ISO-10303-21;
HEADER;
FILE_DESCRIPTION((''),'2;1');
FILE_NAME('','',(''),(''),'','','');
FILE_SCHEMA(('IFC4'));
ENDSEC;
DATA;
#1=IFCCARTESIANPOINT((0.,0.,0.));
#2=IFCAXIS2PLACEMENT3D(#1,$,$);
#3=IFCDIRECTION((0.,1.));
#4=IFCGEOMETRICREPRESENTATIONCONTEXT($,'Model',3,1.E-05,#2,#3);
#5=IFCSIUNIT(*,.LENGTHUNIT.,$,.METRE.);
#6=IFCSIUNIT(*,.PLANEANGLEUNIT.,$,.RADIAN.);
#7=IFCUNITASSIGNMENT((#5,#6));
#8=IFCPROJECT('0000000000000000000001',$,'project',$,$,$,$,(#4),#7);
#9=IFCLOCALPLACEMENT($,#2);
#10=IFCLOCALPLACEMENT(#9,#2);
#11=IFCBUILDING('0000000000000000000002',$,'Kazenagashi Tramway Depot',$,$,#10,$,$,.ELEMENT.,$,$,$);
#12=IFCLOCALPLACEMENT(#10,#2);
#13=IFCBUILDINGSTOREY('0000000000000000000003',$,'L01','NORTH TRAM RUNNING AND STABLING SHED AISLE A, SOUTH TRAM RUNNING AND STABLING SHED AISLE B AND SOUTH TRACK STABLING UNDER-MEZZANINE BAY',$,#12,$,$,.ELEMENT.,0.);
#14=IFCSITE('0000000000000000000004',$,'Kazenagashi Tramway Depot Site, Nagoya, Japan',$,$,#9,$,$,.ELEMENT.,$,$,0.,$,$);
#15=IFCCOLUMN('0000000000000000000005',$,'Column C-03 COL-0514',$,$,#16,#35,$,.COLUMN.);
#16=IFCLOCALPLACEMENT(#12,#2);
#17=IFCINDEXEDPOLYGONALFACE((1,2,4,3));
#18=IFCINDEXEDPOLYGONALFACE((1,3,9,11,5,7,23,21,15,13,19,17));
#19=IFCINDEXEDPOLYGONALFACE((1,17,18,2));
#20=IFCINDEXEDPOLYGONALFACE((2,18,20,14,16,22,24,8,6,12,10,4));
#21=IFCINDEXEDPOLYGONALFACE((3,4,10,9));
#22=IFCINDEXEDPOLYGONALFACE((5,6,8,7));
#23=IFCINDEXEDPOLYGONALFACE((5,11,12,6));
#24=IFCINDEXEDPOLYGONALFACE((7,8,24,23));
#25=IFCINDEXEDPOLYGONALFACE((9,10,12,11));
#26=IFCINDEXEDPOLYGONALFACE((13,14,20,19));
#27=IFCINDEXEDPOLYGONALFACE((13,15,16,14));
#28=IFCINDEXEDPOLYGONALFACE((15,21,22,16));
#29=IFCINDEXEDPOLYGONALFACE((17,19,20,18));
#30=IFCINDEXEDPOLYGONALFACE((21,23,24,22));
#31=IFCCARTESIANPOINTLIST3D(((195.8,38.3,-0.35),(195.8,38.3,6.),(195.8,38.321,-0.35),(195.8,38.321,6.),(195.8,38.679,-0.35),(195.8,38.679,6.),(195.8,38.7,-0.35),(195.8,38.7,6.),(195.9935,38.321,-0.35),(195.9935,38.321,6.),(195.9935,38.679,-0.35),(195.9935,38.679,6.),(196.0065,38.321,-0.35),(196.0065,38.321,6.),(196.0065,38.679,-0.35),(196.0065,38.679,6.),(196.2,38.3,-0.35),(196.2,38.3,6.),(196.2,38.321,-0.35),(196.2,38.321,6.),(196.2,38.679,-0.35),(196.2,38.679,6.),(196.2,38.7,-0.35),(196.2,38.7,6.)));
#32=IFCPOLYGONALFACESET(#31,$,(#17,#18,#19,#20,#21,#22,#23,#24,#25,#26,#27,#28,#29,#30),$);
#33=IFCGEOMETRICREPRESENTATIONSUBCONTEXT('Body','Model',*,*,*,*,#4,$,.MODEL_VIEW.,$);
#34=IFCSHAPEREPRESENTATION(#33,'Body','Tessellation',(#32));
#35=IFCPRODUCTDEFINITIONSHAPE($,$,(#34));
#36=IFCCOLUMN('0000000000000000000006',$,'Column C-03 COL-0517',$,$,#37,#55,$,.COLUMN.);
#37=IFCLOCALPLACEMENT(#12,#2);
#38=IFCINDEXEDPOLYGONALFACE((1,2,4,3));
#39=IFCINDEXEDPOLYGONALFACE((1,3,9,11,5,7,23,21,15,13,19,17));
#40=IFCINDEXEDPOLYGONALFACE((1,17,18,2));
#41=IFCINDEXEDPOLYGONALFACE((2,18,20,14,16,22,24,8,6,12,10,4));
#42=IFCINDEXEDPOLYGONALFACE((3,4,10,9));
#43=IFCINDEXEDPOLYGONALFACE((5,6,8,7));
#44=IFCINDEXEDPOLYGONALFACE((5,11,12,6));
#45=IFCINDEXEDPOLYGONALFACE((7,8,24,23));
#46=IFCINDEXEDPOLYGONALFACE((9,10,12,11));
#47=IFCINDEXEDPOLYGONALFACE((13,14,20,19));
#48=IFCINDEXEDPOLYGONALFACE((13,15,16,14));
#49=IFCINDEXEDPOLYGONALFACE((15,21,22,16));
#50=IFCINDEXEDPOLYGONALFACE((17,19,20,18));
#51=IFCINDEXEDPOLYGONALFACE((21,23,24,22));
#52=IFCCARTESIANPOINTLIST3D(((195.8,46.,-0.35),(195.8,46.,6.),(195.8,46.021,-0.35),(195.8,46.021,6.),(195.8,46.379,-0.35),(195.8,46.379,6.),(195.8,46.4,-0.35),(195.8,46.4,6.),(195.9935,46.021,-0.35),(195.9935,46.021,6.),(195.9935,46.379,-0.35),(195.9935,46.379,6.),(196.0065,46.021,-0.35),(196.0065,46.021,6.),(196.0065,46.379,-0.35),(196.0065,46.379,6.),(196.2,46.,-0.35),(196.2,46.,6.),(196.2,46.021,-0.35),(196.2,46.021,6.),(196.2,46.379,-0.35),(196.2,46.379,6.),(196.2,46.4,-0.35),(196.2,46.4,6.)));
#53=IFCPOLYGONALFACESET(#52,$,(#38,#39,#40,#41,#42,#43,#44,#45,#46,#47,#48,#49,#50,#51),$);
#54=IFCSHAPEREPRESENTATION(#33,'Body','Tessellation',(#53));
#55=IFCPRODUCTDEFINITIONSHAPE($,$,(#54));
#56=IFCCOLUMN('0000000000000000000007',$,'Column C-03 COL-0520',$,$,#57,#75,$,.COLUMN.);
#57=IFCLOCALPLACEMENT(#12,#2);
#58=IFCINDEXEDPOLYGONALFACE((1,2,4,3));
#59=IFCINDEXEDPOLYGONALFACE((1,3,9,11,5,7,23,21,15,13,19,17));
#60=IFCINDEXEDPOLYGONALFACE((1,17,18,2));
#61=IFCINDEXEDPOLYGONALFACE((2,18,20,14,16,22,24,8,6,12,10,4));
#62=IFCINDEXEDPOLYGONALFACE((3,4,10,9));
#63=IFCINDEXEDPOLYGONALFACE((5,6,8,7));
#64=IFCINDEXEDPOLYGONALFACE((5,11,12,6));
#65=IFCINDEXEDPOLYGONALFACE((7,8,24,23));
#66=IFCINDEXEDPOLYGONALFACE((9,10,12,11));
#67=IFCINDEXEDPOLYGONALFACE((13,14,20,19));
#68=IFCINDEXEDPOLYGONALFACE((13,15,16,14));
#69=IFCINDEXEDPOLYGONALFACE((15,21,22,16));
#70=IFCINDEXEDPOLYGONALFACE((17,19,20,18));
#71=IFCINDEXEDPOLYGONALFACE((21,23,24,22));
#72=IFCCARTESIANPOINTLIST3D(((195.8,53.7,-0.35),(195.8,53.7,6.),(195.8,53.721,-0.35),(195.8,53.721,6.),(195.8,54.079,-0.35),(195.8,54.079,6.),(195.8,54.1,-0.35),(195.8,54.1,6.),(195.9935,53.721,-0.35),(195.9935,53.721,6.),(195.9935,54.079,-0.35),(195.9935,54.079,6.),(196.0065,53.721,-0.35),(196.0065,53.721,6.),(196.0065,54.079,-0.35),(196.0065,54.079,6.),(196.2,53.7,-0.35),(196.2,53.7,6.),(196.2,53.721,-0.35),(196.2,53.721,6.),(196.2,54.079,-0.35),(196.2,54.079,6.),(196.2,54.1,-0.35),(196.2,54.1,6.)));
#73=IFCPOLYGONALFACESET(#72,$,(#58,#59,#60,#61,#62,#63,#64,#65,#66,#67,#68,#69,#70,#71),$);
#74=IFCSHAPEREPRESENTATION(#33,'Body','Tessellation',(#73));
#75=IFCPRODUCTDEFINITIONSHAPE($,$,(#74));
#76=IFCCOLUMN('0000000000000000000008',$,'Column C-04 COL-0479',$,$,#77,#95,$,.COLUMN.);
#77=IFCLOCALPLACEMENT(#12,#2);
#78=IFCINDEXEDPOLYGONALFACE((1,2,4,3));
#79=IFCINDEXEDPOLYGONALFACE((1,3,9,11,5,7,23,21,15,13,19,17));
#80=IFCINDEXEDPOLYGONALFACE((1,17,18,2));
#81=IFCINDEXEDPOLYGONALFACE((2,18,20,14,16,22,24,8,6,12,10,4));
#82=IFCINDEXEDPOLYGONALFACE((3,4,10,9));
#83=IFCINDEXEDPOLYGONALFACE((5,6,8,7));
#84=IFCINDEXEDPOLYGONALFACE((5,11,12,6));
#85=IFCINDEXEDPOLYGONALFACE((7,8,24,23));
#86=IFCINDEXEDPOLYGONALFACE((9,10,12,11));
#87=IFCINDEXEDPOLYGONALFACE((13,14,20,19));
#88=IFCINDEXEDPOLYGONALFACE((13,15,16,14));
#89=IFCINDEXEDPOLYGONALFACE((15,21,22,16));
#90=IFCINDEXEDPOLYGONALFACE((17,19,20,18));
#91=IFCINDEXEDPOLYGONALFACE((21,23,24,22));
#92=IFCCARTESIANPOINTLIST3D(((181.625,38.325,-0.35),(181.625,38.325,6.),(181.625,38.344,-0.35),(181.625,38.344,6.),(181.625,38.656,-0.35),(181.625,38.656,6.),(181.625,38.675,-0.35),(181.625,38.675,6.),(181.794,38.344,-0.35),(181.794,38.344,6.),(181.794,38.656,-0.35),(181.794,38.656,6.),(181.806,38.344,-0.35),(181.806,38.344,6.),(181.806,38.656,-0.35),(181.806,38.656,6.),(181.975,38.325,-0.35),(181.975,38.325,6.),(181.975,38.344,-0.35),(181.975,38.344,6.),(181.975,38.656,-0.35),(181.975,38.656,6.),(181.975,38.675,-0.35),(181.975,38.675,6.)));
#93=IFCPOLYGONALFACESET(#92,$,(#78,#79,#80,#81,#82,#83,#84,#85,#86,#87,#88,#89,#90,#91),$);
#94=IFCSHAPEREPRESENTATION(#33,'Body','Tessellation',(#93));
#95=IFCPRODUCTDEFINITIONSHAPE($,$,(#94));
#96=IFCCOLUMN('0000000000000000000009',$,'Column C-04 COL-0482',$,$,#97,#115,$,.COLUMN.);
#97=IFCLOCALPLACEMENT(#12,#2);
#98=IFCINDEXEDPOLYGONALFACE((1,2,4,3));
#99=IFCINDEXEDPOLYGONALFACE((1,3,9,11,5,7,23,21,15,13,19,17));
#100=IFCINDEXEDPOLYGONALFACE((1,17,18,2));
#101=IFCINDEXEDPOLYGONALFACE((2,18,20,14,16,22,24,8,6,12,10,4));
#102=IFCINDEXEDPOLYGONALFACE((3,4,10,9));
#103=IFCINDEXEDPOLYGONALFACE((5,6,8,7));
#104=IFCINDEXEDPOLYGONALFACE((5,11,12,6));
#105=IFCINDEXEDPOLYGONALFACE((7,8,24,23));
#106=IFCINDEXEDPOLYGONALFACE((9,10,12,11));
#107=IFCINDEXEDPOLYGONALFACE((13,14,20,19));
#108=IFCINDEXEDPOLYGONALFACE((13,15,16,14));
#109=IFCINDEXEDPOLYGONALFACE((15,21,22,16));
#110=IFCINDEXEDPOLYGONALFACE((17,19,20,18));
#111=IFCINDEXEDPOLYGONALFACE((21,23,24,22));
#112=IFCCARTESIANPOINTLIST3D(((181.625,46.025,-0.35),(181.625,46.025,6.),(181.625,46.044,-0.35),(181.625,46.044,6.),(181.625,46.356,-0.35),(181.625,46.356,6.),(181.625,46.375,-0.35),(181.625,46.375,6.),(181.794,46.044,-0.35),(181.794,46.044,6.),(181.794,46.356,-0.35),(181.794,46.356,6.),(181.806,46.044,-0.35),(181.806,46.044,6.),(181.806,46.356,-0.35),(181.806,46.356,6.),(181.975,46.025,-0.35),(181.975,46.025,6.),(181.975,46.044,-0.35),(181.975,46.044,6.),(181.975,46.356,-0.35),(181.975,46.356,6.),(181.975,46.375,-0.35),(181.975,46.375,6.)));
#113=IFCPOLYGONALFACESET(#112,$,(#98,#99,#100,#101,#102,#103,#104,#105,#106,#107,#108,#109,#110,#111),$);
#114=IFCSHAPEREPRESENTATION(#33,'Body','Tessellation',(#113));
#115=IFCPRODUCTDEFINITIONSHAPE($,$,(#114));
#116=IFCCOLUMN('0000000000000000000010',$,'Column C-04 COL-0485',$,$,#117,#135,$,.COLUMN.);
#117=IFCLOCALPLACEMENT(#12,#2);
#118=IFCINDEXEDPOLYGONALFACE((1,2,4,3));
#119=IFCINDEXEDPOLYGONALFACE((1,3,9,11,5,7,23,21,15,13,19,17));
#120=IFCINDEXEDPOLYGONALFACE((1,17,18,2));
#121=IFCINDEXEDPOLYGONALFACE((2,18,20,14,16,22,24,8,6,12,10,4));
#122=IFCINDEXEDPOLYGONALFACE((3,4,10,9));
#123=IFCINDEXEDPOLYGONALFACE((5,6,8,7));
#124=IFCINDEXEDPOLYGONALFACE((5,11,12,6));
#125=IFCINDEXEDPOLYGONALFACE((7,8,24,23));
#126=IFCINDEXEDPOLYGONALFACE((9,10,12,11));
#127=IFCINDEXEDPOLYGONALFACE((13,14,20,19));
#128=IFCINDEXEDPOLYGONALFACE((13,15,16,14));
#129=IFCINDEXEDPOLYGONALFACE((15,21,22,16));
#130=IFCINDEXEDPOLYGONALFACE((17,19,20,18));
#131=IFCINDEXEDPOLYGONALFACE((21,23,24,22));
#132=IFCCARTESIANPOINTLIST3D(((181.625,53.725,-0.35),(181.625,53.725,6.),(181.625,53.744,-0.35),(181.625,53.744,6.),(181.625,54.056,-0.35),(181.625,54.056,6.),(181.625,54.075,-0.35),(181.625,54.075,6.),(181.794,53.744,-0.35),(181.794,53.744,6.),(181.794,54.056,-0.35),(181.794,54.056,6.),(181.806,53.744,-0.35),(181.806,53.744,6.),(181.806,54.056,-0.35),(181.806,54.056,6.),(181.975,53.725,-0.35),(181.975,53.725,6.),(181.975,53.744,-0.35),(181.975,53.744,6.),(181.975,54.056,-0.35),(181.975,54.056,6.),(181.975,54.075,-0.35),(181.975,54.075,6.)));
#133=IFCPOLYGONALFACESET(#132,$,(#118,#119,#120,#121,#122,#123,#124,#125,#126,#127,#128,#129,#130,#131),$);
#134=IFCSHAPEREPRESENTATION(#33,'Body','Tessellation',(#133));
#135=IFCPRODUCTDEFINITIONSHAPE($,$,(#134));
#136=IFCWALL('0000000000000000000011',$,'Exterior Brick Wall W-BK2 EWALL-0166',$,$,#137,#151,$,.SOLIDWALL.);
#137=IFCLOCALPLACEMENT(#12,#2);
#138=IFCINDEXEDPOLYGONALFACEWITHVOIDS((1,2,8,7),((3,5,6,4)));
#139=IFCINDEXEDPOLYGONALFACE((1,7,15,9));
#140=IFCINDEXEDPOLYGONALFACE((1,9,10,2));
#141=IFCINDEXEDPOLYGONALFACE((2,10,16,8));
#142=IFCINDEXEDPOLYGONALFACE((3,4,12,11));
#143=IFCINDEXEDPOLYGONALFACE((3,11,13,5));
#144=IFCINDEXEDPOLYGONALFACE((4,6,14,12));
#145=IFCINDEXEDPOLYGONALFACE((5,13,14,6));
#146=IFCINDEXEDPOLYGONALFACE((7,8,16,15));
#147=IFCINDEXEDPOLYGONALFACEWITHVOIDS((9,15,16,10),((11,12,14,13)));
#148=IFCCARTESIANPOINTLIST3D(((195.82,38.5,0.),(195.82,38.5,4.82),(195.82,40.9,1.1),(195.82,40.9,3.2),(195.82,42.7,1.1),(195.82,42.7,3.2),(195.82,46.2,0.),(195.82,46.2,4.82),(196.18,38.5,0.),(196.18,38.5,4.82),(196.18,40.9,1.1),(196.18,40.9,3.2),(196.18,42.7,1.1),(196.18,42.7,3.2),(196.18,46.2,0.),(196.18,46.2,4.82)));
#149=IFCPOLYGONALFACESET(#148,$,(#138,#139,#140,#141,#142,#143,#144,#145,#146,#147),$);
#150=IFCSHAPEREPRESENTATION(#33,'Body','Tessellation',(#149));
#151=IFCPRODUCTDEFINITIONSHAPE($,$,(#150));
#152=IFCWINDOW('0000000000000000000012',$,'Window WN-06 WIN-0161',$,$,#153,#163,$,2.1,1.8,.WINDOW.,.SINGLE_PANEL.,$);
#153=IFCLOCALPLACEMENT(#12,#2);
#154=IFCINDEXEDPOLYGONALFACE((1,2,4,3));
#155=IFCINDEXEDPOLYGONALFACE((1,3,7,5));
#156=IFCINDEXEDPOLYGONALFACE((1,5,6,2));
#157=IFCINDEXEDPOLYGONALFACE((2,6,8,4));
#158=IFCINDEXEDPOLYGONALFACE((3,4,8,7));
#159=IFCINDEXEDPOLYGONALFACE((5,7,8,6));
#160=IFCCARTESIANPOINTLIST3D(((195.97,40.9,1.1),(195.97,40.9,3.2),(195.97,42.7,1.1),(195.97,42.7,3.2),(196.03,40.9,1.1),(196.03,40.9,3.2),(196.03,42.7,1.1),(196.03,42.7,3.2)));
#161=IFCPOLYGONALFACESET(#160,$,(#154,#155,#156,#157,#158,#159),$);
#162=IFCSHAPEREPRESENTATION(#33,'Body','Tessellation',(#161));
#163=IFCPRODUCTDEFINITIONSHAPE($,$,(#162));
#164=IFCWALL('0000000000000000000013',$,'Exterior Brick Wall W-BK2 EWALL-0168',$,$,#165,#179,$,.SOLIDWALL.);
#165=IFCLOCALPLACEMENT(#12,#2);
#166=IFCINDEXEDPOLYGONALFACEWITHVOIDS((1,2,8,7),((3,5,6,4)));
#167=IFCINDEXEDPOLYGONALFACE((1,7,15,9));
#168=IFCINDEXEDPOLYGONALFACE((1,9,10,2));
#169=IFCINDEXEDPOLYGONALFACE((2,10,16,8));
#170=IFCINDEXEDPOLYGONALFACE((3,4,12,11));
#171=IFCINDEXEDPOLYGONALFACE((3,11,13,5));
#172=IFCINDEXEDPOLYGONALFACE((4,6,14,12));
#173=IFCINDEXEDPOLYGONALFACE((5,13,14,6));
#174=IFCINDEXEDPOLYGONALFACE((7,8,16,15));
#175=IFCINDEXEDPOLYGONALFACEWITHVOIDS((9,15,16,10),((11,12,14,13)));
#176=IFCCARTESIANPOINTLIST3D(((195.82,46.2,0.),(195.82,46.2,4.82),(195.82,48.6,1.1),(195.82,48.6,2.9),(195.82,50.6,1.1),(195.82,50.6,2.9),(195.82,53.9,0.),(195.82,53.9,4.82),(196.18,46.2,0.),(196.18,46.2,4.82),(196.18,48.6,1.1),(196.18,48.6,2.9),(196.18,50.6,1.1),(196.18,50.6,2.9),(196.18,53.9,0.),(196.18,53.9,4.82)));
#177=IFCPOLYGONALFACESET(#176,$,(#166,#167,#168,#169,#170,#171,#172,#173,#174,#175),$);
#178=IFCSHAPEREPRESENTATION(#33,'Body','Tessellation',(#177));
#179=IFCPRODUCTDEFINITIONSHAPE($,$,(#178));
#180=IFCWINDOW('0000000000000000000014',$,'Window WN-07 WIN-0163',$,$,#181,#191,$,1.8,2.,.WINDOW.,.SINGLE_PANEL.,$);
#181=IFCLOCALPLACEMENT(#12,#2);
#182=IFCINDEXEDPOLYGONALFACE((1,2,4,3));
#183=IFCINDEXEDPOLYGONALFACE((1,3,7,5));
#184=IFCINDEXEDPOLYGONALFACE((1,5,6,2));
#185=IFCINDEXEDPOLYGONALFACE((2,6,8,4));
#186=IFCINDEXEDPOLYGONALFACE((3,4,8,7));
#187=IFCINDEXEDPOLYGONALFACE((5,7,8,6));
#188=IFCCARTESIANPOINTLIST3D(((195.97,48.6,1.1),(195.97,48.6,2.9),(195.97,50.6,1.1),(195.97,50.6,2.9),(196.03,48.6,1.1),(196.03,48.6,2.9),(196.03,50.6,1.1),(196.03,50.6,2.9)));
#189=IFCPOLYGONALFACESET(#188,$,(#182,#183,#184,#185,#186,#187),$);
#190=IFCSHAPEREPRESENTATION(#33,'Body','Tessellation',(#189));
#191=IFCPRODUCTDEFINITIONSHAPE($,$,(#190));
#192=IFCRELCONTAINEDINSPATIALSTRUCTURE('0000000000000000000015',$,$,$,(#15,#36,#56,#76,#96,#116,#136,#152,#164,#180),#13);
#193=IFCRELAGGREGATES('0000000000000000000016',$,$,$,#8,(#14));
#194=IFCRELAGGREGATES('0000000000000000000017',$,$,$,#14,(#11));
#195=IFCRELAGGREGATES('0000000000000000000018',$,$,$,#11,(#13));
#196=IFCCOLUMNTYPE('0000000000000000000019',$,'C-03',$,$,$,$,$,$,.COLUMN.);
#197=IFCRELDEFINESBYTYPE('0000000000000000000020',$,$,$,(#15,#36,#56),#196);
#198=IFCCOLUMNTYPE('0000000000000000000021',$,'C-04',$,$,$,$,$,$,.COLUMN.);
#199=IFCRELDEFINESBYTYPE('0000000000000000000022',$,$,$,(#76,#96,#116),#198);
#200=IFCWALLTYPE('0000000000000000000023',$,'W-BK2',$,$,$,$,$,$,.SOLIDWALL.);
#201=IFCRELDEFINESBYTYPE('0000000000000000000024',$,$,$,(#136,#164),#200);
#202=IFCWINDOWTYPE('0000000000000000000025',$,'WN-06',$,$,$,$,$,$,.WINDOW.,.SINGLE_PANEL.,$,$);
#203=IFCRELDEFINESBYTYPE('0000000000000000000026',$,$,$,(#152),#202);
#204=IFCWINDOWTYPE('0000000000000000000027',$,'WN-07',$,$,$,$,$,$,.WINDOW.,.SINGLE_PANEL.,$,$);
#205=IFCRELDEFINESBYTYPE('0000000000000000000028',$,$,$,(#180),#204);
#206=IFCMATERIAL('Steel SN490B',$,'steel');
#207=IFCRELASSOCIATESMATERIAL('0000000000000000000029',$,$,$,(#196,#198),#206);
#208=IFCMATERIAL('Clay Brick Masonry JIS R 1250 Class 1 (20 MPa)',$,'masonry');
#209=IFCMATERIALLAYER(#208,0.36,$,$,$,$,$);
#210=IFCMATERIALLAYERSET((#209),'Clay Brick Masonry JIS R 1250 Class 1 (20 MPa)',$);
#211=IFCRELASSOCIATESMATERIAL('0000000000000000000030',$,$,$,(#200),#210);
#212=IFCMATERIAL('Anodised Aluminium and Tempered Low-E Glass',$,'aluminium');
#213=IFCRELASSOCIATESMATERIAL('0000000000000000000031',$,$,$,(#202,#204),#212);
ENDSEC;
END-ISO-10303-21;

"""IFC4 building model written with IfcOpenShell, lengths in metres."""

from ifc_helpers import new_model, si_unit, direction, frame, frame_2d, origin, origin_2d, place, context, subcontext, project, spatial, rectangle, i_section, extrude, material, layer, layer_set, material_profile, profile_set, type_object, element, fill, save


model = new_model("IFC4")

# Units and contexts
model_context = context("Model", 3, precision=1e-05, world=origin(), true_north=direction((0.0, 1.0)))
body_context = subcontext(model_context, "Body", "Model", "MODEL_VIEW")
ifc_project = project(units=[si_unit("LENGTHUNIT", "METRE"), si_unit("PLANEANGLEUNIT", "RADIAN")], contexts=[model_context])

# Site, building, storey
site_placement = place(None, origin())
site = spatial("IfcSite", under=ifc_project, at=site_placement, Name="Kazenagashi Tramway Depot Site, Nagoya, Japan", CompositionType="ELEMENT", RefElevation=0.0)
building_placement = place(site_placement, origin())
building = spatial("IfcBuilding", under=site, at=building_placement, Name="Kazenagashi Tramway Depot", CompositionType="ELEMENT")
storey_placement = place(building_placement, origin())
storey = spatial("IfcBuildingStorey", under=building, at=storey_placement, Name="L01", Description="NORTH TRAM RUNNING AND STABLING SHED AISLE A, SOUTH TRAM RUNNING AND STABLING SHED AISLE B AND SOUTH TRACK STABLING UNDER-MEZZANINE BAY", CompositionType="ELEMENT", Elevation=0.0)

# Columns
ifc_material_1 = material(Name="Steel SN490B", Category="steel")
ifc_material_profile_1 = material_profile(ifc_material_1, i_section(OverallWidth=0.4, OverallDepth=0.4, WebThickness=0.013, FlangeThickness=0.021, at=origin_2d()), Name="H-400x400x13x21")
ifc_profile_set_1 = profile_set([ifc_material_profile_1], Name="Steel SN490B")
column_type_1 = type_object("IfcColumnType", Name="C-03", PredefinedType="COLUMN", material=ifc_profile_set_1)
for number, where, z_axis, x_axis, name in (
    (1, (196.0, 38.5, -0.35), (0.0, 0.0, 1.0), (1.0, 0.0, 0.0), "Column C-03 COL-0514"),
    (2, (196.0, 46.2, -0.35), (0.0, 0.0, 1.0), (1.0, 0.0, 0.0), "Column C-03 COL-0517"),
    (3, (196.0, 53.9, -0.35), (0.0, 0.0, 1.0), (1.0, 0.0, 0.0), "Column C-03 COL-0520"),
):
    element("IfcColumn", number, at=place(storey_placement, frame(where, z_axis=z_axis, x_axis=x_axis)), inside=storey, type_object=column_type_1, Name=name, PredefinedType="COLUMN", context=body_context, shape_type="SweptSolid", body=[
        extrude(i_section(OverallWidth=0.4, OverallDepth=0.4, WebThickness=0.013, FlangeThickness=0.021, at=origin_2d()), origin(), (0.0, 0.0, 1.0), 6.35),
    ])
ifc_material_profile_2 = material_profile(ifc_material_1, i_section(OverallWidth=0.35, OverallDepth=0.35, WebThickness=0.012, FlangeThickness=0.019, at=origin_2d()), Name="H-350x350x12x19")
ifc_profile_set_2 = profile_set([ifc_material_profile_2], Name="Steel SN490B")
column_type_2 = type_object("IfcColumnType", Name="C-04", PredefinedType="COLUMN", material=ifc_profile_set_2)
for number, where, z_axis, x_axis, name in (
    (4, (181.8, 38.5, -0.35), (0.0, 0.0, 1.0), (1.0, 0.0, 0.0), "Column C-04 COL-0479"),
    (5, (181.8, 46.2, -0.35), (0.0, 0.0, 1.0), (1.0, 0.0, 0.0), "Column C-04 COL-0482"),
    (6, (181.8, 53.9, -0.35), (0.0, 0.0, 1.0), (1.0, 0.0, 0.0), "Column C-04 COL-0485"),
):
    element("IfcColumn", number, at=place(storey_placement, frame(where, z_axis=z_axis, x_axis=x_axis)), inside=storey, type_object=column_type_2, Name=name, PredefinedType="COLUMN", context=body_context, shape_type="SweptSolid", body=[
        extrude(i_section(OverallWidth=0.35, OverallDepth=0.35, WebThickness=0.012, FlangeThickness=0.019, at=origin_2d()), origin(), (0.0, 0.0, 1.0), 6.35),
    ])

# Walls, openings, windows
ifc_material_2 = material(Name="Clay Brick Masonry JIS R 1250 Class 1 (20 MPa)", Category="masonry")
ifc_layer = layer(ifc_material_2, 0.36)
ifc_layer_set = layer_set([ifc_layer], Name="Clay Brick Masonry JIS R 1250 Class 1 (20 MPa)")
wall_type = type_object("IfcWallType", Name="W-BK2", PredefinedType="SOLIDWALL", material=ifc_layer_set)
wall_1_placement = place(storey_placement, frame((196.0, 38.5, 0.0), z_axis=(0.0, 0.0, 1.0), x_axis=(0.0, 1.0, 0.0)))
wall_1 = element("IfcWall", 7, at=wall_1_placement, inside=storey, type_object=wall_type, Name="Exterior Brick Wall W-BK2 EWALL-0166", PredefinedType="SOLIDWALL", context=body_context, shape_type="SweptSolid", body=[
    extrude(rectangle(XDim=7.7, YDim=0.36, at=frame_2d((3.85, 0.0))), origin(), (0.0, 0.0, 1.0), 4.82),
])
opening_1_placement = place(wall_1_placement, frame((2.4, 0.0, 1.1)))
opening_1 = element("IfcOpeningElement", 8, at=opening_1_placement, cuts=wall_1, PredefinedType="OPENING", context=body_context, shape_type="SweptSolid", body=[
    extrude(rectangle(XDim=1.8, YDim=2.1, at=frame_2d((0.9, 1.05))), frame((0.0, 0.19, 0.0), z_axis=(0.0, -1.0, 0.0), x_axis=(1.0, 0.0, 0.0)), (0.0, 0.0, 1.0), 0.38),
])
ifc_material_3 = material(Name="Anodised Aluminium and Tempered Low-E Glass", Category="aluminium")
window_type_1 = type_object("IfcWindowType", Name="WN-06", PartitioningType="SINGLE_PANEL", PredefinedType="WINDOW", material=ifc_material_3)
window_1_placement = place(opening_1_placement, origin())
window_1 = element("IfcWindow", 9, at=window_1_placement, inside=storey, type_object=window_type_1, Name="Window WN-06 WIN-0161", OverallHeight=2.1, OverallWidth=1.8, PartitioningType="SINGLE_PANEL", PredefinedType="WINDOW", context=body_context, shape_type="SweptSolid", body=[
    extrude(rectangle(XDim=1.8, YDim=2.1, at=frame_2d((0.9, 1.05))), frame((0.0, 0.03, 0.0), z_axis=(0.0, -1.0, 0.0), x_axis=(1.0, 0.0, 0.0)), (0.0, 0.0, 1.0), 0.06),
])
fill(opening_1, window_1)
wall_2_placement = place(storey_placement, frame((196.0, 46.2, 0.0), z_axis=(0.0, 0.0, 1.0), x_axis=(0.0, 1.0, 0.0)))
wall_2 = element("IfcWall", 10, at=wall_2_placement, inside=storey, type_object=wall_type, Name="Exterior Brick Wall W-BK2 EWALL-0168", PredefinedType="SOLIDWALL", context=body_context, shape_type="SweptSolid", body=[
    extrude(rectangle(XDim=7.7, YDim=0.36, at=frame_2d((3.85, 0.0))), origin(), (0.0, 0.0, 1.0), 4.82),
])
opening_2_placement = place(wall_2_placement, frame((2.4, 0.0, 1.1)))
opening_2 = element("IfcOpeningElement", 11, at=opening_2_placement, cuts=wall_2, PredefinedType="OPENING", context=body_context, shape_type="SweptSolid", body=[
    extrude(rectangle(XDim=2.0, YDim=1.8, at=frame_2d((1.0, 0.9))), frame((0.0, 0.19, 0.0), z_axis=(0.0, -1.0, 0.0), x_axis=(1.0, 0.0, 0.0)), (0.0, 0.0, 1.0), 0.38),
])
window_type_2 = type_object("IfcWindowType", Name="WN-07", PartitioningType="SINGLE_PANEL", PredefinedType="WINDOW", material=ifc_material_3)
window_2_placement = place(opening_2_placement, origin())
window_2 = element("IfcWindow", 12, at=window_2_placement, inside=storey, type_object=window_type_2, Name="Window WN-07 WIN-0163", OverallHeight=1.8, OverallWidth=2.0, PartitioningType="SINGLE_PANEL", PredefinedType="WINDOW", context=body_context, shape_type="SweptSolid", body=[
    extrude(rectangle(XDim=2.0, YDim=1.8, at=frame_2d((1.0, 0.9))), frame((0.0, 0.03, 0.0), z_axis=(0.0, -1.0, 0.0), x_axis=(1.0, 0.0, 0.0)), (0.0, 0.0, 1.0), 0.06),
])
fill(opening_2, window_2)

save(model, "model.ifc")
